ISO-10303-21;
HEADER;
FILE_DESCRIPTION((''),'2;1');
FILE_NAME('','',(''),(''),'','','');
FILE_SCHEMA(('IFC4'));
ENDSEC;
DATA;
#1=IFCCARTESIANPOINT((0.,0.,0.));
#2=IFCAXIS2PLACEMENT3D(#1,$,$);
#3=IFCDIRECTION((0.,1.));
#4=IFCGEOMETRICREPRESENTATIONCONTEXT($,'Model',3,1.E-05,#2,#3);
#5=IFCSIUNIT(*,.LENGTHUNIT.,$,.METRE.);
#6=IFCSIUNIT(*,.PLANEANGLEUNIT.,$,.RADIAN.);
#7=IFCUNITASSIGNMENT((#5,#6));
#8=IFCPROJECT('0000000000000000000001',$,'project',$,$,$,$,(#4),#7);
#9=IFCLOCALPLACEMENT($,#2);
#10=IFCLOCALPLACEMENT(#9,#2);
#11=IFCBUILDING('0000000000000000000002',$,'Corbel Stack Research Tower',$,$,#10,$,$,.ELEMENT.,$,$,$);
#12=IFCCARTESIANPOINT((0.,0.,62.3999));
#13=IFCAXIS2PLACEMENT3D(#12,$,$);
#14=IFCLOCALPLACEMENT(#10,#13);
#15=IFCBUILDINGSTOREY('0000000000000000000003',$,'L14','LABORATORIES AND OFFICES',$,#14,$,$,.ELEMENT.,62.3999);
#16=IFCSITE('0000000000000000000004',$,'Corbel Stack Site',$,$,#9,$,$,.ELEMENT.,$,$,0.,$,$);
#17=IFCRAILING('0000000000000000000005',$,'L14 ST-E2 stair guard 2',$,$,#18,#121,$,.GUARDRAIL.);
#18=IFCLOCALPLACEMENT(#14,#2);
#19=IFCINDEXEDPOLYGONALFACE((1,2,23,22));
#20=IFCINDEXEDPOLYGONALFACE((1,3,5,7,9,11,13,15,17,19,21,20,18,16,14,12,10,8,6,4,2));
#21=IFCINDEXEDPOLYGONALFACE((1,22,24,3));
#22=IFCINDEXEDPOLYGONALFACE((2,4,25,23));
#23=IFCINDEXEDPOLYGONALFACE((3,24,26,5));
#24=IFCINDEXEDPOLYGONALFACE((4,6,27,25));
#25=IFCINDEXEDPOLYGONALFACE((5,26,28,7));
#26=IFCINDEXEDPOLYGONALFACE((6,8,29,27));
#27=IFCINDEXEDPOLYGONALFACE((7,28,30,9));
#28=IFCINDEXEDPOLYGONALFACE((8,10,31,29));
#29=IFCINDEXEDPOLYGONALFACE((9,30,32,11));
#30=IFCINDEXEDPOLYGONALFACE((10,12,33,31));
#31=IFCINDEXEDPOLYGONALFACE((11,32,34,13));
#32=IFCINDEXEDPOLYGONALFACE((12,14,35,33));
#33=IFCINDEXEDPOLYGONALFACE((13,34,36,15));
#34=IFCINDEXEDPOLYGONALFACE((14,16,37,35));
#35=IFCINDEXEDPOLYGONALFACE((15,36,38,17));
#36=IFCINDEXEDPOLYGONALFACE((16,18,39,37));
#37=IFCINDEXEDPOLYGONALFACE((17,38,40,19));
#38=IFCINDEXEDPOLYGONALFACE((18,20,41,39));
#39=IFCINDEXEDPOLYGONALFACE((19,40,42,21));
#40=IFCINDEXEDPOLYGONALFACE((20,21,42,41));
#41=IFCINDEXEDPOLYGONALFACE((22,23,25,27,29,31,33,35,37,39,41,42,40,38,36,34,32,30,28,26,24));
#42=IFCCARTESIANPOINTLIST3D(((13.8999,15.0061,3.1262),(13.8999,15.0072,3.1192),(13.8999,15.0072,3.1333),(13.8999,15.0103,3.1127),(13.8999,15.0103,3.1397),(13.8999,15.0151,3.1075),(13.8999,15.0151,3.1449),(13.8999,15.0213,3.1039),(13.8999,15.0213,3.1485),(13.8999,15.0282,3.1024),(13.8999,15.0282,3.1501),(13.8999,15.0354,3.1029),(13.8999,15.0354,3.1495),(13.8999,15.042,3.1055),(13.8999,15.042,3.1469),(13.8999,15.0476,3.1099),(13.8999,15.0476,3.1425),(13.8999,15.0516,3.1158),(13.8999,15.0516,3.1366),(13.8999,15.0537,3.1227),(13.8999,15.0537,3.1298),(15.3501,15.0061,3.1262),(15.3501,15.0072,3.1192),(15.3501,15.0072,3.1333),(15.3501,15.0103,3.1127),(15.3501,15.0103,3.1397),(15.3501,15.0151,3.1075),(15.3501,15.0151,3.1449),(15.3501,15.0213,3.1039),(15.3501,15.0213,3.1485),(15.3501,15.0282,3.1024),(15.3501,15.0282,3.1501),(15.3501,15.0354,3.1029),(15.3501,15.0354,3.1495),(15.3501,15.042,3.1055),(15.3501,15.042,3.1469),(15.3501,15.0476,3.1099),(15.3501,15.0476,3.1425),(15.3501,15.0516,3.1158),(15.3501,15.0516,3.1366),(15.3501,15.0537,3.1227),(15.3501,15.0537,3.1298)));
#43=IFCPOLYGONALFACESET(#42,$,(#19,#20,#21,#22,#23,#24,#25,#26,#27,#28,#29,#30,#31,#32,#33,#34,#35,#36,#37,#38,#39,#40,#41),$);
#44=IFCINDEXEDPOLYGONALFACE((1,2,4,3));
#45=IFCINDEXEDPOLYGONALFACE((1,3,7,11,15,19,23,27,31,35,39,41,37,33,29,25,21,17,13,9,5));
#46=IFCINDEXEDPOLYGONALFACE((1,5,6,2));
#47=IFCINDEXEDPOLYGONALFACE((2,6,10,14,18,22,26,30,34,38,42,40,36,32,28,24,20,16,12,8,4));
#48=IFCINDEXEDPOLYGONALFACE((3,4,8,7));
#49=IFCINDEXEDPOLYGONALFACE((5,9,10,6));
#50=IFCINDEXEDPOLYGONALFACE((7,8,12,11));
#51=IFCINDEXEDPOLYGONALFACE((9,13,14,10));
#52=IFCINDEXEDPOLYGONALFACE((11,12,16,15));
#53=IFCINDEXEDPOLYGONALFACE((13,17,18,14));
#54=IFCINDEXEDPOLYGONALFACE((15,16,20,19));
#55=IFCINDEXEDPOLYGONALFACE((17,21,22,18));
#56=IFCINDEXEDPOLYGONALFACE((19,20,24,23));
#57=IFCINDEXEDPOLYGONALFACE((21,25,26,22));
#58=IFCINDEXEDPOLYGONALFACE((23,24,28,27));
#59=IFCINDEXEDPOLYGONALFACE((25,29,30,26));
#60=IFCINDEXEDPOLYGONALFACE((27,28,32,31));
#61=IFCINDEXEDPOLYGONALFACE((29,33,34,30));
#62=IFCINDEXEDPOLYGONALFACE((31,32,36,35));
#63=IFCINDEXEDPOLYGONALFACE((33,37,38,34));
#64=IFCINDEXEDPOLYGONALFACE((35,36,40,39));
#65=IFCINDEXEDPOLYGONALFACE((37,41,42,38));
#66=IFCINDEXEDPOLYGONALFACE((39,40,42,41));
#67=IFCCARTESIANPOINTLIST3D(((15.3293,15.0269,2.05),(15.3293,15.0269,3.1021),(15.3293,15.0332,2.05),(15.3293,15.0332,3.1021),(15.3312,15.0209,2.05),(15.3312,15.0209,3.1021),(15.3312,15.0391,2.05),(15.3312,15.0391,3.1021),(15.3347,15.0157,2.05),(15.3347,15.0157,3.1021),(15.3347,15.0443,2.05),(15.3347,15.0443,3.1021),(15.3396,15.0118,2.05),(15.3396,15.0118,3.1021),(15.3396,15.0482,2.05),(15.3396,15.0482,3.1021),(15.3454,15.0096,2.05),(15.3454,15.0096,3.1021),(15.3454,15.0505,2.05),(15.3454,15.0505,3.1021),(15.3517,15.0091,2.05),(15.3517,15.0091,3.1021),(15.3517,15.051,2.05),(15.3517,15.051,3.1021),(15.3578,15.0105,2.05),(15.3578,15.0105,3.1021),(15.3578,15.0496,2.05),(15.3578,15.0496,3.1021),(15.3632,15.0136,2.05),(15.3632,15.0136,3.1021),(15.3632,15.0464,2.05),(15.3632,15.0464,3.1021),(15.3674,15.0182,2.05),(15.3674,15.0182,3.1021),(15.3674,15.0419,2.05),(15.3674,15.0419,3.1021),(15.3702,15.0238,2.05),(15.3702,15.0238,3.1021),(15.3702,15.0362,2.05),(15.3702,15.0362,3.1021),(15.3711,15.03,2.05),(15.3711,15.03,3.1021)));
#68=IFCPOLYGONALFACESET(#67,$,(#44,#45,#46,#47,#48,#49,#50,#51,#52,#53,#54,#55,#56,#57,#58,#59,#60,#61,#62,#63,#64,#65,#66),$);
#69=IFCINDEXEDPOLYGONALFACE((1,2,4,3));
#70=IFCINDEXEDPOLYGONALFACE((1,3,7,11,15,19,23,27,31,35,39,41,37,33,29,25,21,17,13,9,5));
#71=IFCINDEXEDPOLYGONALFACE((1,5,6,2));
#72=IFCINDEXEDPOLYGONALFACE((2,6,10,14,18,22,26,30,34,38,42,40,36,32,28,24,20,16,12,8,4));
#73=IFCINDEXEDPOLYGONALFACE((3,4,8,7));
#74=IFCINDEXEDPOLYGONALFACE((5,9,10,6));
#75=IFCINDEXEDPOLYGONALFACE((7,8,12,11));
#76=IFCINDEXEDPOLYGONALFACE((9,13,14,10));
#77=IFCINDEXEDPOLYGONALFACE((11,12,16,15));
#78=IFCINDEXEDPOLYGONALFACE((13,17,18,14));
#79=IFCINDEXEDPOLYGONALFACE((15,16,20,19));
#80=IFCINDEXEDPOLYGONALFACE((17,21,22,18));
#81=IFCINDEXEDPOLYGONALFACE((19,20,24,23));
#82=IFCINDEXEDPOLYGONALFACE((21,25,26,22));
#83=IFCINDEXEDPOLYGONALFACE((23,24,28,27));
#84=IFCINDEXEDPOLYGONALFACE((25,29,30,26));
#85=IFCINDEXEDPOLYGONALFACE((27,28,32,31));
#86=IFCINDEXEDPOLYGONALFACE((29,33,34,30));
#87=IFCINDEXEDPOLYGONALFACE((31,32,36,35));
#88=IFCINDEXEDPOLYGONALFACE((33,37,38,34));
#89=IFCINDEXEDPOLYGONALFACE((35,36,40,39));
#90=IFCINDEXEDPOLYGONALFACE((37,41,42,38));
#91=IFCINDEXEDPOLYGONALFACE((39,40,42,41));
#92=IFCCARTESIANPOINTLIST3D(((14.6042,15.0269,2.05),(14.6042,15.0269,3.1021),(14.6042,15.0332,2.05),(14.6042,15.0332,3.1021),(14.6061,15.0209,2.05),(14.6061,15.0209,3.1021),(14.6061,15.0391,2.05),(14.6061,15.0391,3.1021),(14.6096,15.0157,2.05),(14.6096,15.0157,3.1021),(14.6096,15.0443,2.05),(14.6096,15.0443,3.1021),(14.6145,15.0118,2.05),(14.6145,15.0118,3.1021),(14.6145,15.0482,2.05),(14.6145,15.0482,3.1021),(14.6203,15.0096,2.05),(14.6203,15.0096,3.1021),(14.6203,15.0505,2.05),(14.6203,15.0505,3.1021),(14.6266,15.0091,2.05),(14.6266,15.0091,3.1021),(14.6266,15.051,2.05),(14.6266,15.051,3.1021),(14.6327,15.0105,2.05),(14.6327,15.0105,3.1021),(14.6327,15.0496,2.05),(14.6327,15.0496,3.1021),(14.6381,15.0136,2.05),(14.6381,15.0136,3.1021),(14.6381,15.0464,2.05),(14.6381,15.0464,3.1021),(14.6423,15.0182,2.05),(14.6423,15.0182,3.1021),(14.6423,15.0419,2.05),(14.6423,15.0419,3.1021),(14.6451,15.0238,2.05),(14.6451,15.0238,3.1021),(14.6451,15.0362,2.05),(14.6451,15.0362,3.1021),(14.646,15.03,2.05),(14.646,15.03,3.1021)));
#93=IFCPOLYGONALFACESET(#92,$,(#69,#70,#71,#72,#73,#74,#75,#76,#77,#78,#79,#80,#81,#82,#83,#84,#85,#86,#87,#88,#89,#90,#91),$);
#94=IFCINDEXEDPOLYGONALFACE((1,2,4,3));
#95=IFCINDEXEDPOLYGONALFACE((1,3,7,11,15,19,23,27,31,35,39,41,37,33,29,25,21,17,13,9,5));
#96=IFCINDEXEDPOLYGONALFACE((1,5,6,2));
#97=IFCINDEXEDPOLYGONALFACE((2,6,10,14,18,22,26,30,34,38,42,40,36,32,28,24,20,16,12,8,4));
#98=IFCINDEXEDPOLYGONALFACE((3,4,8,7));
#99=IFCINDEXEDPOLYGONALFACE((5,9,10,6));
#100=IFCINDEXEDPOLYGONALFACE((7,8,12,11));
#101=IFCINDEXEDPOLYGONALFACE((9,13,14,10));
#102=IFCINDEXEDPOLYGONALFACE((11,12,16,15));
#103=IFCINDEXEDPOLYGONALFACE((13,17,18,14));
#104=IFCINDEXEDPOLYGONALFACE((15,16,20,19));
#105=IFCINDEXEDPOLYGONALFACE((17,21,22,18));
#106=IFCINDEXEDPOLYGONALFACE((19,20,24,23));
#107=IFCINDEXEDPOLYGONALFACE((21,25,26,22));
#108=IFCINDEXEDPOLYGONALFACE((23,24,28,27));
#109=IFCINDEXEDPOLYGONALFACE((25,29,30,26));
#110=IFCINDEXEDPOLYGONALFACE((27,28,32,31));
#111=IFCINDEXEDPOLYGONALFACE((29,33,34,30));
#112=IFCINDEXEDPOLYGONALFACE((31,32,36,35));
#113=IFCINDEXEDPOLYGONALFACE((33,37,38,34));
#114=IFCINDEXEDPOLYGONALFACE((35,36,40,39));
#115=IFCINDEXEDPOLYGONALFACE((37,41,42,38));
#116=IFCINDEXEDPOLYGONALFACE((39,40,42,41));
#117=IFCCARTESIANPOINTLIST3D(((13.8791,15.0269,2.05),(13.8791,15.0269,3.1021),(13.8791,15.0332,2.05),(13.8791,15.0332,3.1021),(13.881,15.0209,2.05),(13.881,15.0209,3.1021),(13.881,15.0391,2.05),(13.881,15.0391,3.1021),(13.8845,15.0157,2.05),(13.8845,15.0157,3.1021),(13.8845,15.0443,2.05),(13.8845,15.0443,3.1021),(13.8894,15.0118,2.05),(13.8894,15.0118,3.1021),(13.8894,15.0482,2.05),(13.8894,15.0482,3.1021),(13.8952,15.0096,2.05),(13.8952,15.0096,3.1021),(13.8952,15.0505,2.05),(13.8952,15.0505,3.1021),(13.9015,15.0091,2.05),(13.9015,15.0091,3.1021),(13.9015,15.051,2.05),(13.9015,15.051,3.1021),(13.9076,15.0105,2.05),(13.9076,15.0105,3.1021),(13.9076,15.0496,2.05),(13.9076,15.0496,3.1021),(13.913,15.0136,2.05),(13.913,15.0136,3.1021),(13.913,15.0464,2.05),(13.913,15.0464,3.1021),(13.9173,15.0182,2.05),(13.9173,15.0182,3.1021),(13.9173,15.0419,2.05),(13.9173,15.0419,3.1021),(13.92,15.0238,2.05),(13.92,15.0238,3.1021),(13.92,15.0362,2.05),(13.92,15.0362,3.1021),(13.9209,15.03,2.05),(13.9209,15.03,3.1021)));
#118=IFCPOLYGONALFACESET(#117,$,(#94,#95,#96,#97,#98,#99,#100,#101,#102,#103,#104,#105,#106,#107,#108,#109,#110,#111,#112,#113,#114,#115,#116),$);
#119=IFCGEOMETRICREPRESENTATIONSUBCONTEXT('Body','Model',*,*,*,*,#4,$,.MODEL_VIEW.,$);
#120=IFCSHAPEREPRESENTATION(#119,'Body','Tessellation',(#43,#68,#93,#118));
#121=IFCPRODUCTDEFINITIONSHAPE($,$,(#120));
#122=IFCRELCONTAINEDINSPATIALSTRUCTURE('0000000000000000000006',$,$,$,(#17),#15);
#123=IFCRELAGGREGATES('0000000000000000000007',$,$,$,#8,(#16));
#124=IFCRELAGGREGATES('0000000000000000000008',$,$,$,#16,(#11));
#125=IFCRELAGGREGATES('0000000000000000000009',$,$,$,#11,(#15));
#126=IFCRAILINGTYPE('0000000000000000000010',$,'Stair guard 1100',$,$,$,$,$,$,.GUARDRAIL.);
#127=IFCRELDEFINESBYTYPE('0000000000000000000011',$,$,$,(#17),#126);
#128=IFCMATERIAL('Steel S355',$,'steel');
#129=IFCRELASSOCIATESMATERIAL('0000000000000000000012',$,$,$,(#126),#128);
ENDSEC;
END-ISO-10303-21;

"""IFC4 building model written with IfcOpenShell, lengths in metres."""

from ifc_helpers import new_model, si_unit, direction, frame, origin, origin_2d, place, context, subcontext, project, spatial, circle, extrude, material, type_object, element, save


model = new_model("IFC4")

# Units and contexts
model_context = context("Model", 3, precision=1e-05, world=origin(), true_north=direction((0.0, 1.0)))
body_context = subcontext(model_context, "Body", "Model", "MODEL_VIEW")
ifc_project = project(units=[si_unit("LENGTHUNIT", "METRE"), si_unit("PLANEANGLEUNIT", "RADIAN")], contexts=[model_context])

# Site, building, storey
site_placement = place(None, origin())
site = spatial("IfcSite", under=ifc_project, at=site_placement, Name="Corbel Stack Site", CompositionType="ELEMENT", RefElevation=0.0)
building_placement = place(site_placement, origin())
building = spatial("IfcBuilding", under=site, at=building_placement, Name="Corbel Stack Research Tower", CompositionType="ELEMENT")
storey_placement = place(building_placement, frame((0.0, 0.0, 62.3999)))
storey = spatial("IfcBuildingStorey", under=building, at=storey_placement, Name="L14", Description="LABORATORIES AND OFFICES", CompositionType="ELEMENT", Elevation=62.3999)

# Railing
ifc_material_1 = material(Name="Steel S355", Category="steel")
railing_type = type_object("IfcRailingType", Name="Stair guard 1100", PredefinedType="GUARDRAIL", material=ifc_material_1)
railing_1_placement = place(storey_placement, frame((15.3501, 15.03, 2.05)))
element("IfcRailing", 1, at=railing_1_placement, inside=storey, type_object=railing_type, Name="L14 ST-E2 stair guard 2", PredefinedType="GUARDRAIL", context=body_context, shape_type="SweptSolid", body=[
    extrude(circle(Radius=0.0239, at=origin_2d()), frame((0.0, 0.0, 1.0762), z_axis=(-1.0, 0.0, 0.0), x_axis=(0.0, -1.0, 0.0)), (0.0, 0.0, 1.0), 1.4502),
    extrude(circle(Radius=0.021, at=origin_2d()), origin(), (0.0, 0.0, 1.0), 1.052),
    extrude(circle(Radius=0.021, at=origin_2d()), frame((-0.7251, 0.0, 0.0)), (0.0, 0.0, 1.0), 1.052),
    extrude(circle(Radius=0.021, at=origin_2d()), frame((-1.4502, 0.0, 0.0)), (0.0, 0.0, 1.0), 1.052),
])

save(model, "model.ifc")
